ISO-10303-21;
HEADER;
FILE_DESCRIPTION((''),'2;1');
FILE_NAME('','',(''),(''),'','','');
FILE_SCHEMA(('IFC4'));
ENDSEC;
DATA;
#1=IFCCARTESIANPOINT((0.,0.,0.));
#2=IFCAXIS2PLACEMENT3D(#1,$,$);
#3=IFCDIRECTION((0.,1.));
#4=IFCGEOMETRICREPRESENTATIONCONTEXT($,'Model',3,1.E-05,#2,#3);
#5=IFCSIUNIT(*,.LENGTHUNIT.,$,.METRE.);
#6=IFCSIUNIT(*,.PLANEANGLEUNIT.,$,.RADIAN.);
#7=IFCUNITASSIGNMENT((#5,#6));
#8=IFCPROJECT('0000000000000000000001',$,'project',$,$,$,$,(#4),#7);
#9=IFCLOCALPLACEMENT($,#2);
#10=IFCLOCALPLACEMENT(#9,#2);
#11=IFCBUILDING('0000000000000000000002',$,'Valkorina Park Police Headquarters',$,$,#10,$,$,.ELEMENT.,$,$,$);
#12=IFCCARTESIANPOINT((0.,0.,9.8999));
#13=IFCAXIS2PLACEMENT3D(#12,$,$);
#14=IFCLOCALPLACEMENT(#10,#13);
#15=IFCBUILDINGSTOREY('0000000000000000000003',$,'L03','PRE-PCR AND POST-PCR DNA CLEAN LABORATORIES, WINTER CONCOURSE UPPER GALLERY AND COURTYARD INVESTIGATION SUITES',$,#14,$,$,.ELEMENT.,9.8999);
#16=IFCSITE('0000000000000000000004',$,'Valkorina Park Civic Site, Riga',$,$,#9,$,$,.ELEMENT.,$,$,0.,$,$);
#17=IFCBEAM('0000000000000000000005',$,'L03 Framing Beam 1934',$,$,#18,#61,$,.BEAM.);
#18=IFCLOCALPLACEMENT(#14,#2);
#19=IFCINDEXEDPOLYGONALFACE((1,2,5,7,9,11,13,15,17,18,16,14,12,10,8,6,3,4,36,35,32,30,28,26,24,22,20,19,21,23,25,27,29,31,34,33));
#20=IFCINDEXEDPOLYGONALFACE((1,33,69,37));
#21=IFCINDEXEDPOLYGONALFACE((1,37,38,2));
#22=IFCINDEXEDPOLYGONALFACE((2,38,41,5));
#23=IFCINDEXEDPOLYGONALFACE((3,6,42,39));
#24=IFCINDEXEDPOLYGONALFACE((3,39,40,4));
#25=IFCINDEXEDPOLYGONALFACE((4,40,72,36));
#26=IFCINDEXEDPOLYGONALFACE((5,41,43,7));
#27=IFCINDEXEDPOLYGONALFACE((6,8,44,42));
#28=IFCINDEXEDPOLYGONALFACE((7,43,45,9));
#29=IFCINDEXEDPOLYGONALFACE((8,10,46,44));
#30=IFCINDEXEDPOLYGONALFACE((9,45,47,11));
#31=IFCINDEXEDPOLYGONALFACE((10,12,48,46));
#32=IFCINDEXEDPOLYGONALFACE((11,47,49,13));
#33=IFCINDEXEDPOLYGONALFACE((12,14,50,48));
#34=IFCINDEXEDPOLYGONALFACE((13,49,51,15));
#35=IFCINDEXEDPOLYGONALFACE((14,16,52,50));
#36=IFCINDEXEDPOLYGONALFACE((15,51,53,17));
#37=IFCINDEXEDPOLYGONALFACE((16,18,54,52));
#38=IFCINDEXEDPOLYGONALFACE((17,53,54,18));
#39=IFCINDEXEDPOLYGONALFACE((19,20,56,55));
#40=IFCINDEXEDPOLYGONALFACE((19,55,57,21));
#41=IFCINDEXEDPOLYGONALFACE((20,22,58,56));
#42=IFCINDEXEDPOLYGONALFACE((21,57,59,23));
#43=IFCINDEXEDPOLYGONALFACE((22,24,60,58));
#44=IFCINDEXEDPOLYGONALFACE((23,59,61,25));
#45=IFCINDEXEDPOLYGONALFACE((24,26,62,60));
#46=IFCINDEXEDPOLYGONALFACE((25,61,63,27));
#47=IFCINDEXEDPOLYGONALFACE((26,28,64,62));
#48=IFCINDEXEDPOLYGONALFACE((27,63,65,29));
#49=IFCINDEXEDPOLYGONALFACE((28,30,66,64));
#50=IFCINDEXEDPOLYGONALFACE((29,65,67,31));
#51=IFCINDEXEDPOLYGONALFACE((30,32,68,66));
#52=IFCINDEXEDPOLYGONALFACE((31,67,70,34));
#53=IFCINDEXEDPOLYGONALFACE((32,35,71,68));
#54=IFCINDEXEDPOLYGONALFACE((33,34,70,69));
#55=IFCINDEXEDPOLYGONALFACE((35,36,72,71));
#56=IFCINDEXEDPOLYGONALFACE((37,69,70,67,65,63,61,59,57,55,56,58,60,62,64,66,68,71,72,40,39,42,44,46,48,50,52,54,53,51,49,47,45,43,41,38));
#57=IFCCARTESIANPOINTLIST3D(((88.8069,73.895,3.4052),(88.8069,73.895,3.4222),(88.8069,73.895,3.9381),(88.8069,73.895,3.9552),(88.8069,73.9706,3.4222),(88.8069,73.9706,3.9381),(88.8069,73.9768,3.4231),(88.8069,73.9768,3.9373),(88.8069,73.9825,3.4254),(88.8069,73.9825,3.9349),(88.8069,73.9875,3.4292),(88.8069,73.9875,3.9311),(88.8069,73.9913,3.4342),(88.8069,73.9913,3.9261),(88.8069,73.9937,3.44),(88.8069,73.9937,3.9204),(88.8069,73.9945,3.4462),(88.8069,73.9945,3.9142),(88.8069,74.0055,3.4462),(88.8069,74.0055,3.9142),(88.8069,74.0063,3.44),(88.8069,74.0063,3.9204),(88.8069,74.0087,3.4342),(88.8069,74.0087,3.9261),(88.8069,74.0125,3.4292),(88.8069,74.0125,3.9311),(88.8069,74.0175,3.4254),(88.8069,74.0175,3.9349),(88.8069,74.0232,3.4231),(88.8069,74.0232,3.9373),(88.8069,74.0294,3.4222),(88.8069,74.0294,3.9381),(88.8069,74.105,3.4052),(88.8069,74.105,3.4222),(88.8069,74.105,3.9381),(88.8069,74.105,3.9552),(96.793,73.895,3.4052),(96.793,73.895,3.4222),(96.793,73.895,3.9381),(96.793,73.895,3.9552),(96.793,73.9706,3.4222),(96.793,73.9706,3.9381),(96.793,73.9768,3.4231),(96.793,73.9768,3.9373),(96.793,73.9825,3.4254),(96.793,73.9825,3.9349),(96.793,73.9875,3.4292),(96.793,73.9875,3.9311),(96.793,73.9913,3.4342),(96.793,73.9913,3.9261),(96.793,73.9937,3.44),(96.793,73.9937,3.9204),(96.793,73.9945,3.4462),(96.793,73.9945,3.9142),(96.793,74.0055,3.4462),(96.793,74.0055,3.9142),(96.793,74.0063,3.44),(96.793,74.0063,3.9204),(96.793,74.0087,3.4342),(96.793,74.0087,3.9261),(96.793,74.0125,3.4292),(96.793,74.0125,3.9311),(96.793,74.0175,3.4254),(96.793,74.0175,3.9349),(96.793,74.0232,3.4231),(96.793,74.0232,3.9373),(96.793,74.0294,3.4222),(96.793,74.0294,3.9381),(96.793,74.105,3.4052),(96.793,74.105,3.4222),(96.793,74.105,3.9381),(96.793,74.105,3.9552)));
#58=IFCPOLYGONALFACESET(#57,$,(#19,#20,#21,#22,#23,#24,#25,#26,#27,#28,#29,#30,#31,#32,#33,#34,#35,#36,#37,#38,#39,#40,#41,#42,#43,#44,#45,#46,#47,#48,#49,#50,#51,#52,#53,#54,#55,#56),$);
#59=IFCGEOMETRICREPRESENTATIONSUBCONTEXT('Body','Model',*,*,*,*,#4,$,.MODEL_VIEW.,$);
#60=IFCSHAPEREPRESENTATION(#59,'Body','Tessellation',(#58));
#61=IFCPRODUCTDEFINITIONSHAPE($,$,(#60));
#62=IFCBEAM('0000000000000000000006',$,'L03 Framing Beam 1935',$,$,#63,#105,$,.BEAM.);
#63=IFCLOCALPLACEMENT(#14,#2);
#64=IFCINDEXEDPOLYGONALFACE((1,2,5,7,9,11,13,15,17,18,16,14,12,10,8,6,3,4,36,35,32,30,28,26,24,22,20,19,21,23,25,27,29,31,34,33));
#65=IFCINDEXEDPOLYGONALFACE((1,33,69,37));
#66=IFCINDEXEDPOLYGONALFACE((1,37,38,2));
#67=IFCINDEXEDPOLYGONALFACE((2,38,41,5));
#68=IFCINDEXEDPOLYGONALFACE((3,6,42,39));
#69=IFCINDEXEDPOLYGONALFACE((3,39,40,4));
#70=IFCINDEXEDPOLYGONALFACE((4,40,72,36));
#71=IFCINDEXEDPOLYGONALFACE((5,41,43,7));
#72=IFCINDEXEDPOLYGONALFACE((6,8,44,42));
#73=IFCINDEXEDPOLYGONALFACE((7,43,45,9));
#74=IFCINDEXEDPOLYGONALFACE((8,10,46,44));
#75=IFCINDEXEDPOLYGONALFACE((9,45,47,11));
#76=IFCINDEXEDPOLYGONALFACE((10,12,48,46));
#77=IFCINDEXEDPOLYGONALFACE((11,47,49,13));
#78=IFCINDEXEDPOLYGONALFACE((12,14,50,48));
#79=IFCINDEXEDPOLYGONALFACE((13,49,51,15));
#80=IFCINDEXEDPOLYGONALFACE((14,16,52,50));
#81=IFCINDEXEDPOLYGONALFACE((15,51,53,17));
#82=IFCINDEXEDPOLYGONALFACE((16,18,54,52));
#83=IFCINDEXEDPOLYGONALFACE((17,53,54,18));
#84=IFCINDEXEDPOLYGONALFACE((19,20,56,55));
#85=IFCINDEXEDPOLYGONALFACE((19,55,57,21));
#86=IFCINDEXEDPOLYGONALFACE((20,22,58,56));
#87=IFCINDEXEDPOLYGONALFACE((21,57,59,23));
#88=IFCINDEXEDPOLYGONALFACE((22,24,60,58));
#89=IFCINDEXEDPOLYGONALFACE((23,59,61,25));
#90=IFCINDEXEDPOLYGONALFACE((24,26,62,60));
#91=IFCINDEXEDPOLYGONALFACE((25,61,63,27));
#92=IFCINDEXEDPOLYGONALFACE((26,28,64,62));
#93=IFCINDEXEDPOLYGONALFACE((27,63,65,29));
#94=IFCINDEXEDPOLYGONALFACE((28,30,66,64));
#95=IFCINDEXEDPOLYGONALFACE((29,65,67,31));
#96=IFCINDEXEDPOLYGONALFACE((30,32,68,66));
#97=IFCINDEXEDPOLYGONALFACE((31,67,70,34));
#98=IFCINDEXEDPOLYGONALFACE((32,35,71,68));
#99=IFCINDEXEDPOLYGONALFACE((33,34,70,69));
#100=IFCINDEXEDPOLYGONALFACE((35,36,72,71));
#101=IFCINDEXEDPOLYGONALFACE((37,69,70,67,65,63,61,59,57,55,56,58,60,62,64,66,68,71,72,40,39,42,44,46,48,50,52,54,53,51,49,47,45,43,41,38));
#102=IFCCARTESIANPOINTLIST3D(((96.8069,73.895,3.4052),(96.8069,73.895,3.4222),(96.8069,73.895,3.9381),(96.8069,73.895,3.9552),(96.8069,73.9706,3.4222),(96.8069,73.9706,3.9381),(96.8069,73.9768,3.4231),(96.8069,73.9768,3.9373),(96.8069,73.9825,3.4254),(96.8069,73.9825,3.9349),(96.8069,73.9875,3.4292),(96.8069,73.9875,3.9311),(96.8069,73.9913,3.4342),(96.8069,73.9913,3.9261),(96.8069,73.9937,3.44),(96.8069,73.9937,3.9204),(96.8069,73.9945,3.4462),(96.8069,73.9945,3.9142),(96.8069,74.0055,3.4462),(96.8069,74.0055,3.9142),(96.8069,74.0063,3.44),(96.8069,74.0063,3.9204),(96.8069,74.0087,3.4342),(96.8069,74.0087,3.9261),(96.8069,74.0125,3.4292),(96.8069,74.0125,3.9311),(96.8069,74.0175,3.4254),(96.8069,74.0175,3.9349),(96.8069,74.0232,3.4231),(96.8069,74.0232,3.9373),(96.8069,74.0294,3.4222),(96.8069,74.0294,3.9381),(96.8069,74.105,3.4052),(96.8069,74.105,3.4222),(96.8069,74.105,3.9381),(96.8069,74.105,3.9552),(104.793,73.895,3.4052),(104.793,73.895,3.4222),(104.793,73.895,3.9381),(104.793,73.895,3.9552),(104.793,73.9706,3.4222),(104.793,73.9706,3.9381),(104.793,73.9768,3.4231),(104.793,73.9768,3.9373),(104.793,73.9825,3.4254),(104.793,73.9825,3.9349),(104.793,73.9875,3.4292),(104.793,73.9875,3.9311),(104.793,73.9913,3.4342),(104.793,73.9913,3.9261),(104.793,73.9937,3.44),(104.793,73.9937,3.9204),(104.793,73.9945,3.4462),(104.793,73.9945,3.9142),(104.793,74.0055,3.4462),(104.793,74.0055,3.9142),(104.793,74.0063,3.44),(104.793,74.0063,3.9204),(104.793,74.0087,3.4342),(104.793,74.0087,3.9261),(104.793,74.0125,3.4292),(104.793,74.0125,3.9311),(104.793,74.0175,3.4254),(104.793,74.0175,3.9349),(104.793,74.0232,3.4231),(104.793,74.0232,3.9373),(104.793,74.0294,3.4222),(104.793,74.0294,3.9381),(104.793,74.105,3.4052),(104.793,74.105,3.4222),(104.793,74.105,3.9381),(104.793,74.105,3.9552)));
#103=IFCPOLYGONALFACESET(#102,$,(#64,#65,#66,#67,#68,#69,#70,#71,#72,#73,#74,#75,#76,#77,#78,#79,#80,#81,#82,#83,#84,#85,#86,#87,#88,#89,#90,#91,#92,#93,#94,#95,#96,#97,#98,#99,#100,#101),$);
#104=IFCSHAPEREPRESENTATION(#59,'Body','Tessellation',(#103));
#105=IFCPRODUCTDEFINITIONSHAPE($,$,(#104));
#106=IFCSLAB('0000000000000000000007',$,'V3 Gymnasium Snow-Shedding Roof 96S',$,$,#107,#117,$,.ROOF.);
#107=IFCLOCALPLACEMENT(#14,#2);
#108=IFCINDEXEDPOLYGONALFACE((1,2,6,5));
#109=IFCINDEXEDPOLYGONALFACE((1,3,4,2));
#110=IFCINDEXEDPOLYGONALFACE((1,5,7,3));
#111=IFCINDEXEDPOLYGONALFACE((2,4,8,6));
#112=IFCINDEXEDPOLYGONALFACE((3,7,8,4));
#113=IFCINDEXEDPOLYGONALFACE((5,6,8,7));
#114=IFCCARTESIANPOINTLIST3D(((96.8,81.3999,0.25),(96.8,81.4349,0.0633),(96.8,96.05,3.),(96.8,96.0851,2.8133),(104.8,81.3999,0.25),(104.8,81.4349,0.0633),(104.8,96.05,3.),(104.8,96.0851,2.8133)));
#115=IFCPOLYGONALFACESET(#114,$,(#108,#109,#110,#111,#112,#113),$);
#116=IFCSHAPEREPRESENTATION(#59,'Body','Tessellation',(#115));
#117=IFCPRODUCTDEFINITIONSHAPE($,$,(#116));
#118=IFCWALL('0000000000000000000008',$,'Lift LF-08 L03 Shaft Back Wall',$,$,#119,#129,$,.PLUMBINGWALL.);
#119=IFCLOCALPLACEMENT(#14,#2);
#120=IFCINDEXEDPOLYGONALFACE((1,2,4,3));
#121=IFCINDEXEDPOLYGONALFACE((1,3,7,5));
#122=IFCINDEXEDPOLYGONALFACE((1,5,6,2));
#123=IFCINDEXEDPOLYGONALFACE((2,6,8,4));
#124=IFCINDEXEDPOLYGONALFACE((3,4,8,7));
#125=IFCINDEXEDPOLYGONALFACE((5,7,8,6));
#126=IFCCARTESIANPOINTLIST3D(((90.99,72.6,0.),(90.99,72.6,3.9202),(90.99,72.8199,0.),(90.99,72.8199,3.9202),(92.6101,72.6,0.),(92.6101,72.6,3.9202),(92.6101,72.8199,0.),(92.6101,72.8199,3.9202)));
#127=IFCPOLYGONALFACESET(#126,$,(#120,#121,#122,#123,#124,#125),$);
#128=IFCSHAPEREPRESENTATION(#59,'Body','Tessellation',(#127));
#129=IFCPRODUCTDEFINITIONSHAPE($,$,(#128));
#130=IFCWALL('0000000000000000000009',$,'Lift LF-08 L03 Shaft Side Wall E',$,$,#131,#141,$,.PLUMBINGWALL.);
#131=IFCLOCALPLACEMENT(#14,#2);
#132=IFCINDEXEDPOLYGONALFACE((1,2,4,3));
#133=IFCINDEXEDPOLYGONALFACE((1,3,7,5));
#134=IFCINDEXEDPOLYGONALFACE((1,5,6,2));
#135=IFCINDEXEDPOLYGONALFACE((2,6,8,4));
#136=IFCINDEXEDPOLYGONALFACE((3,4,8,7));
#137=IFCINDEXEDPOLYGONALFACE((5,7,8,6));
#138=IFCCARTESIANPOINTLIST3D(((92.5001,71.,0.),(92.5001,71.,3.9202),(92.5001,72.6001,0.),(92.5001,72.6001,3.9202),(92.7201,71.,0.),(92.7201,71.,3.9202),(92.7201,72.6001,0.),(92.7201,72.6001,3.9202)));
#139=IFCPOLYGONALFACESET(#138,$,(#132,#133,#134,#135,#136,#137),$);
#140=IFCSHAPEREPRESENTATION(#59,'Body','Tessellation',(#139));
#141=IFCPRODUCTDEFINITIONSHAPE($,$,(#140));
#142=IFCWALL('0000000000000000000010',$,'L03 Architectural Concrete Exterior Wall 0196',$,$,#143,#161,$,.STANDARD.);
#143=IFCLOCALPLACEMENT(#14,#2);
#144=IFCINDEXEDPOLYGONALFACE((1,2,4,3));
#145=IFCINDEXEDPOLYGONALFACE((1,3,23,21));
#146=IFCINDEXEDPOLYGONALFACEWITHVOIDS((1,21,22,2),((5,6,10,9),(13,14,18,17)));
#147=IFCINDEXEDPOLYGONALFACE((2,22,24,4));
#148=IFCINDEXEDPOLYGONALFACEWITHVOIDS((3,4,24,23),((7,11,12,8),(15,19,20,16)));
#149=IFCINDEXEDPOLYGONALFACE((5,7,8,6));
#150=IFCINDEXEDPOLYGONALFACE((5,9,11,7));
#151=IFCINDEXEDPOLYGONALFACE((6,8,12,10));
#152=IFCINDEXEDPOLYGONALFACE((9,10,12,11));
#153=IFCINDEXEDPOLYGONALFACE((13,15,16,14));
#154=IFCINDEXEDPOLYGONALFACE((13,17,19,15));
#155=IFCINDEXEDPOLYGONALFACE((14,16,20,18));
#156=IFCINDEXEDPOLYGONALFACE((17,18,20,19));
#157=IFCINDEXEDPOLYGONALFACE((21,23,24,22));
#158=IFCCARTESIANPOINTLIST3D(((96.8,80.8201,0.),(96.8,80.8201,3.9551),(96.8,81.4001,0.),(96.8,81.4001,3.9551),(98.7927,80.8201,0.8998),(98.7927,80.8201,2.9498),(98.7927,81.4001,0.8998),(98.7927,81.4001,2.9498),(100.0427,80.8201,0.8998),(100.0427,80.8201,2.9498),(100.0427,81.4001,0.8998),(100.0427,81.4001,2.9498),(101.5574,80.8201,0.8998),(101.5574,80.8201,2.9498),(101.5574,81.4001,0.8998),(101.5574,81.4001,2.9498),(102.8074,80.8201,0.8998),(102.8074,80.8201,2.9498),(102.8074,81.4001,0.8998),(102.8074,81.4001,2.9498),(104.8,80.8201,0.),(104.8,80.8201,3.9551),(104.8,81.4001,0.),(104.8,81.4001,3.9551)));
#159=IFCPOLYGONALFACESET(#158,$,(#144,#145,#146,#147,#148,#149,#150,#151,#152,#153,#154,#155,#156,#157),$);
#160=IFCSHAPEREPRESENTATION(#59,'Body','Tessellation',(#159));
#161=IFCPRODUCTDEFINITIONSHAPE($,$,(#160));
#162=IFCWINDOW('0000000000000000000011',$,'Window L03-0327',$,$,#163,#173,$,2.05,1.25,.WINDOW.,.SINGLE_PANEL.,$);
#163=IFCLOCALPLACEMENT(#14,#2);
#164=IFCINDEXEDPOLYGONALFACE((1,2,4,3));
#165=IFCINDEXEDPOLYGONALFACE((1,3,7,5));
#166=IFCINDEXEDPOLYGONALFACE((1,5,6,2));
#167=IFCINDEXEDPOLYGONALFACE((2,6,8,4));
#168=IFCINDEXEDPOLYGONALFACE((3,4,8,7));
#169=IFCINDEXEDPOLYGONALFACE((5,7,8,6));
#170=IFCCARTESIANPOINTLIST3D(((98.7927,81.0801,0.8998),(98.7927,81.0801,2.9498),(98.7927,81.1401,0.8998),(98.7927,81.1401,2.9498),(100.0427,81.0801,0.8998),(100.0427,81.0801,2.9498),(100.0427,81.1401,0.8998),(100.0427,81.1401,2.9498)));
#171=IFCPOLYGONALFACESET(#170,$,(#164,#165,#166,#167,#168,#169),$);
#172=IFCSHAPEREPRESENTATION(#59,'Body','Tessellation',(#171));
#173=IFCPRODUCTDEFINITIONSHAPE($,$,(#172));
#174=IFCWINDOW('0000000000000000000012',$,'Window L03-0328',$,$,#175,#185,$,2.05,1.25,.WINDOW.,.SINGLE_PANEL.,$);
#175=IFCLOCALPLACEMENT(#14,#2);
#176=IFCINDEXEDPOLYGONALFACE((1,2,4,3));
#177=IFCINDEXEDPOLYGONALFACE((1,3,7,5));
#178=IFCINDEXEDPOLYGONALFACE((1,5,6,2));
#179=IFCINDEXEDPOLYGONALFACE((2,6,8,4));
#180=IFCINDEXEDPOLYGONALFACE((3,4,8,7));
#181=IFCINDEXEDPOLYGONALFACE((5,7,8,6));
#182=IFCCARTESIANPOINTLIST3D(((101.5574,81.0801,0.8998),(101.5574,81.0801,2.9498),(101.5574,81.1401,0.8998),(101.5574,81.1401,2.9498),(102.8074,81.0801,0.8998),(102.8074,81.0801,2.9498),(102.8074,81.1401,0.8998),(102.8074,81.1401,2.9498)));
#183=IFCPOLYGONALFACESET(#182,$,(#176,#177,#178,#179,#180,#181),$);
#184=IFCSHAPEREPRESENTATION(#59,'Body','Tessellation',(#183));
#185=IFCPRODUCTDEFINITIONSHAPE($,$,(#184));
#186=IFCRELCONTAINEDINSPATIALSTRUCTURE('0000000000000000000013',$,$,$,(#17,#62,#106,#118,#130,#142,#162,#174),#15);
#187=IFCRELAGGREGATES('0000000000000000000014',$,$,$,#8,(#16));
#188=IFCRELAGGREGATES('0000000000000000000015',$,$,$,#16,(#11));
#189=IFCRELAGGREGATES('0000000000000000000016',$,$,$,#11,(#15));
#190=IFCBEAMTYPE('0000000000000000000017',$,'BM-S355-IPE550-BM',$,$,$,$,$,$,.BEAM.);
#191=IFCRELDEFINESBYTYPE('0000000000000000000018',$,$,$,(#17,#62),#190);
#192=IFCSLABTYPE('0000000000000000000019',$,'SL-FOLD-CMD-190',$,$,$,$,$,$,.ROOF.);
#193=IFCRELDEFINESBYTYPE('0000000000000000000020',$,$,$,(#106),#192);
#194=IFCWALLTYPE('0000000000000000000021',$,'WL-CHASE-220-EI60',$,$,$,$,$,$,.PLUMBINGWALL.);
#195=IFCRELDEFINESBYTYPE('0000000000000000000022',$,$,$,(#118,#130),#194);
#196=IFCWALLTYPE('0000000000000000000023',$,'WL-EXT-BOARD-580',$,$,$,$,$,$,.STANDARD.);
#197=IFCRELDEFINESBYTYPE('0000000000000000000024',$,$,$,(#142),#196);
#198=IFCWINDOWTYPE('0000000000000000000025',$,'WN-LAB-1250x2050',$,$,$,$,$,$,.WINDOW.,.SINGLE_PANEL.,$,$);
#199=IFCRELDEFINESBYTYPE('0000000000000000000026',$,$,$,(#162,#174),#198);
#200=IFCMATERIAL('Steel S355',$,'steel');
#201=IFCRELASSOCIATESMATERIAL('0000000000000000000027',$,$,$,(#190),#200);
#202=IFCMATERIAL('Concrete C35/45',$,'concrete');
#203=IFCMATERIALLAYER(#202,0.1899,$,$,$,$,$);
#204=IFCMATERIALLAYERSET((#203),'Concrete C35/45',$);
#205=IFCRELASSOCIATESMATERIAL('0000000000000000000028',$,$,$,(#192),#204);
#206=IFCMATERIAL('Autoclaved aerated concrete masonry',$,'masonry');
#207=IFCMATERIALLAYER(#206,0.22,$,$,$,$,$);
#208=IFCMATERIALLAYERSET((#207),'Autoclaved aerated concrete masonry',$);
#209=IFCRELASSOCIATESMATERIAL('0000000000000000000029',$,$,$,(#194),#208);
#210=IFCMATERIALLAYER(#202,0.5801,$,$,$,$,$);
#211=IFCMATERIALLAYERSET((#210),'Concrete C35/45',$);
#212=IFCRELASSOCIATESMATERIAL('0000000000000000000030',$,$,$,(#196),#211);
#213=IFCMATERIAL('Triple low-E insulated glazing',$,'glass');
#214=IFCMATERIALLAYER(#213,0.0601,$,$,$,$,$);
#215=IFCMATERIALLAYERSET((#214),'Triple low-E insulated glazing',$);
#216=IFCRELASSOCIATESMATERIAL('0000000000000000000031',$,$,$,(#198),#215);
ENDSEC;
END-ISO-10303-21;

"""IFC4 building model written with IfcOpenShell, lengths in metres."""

from ifc_helpers import new_model, si_unit, direction, frame, frame_2d, origin, origin_2d, place, context, subcontext, project, spatial, polyline, rectangle, i_section, outline, extrude, material, layer, layer_set, material_profile, profile_set, type_object, element, fill, save


model = new_model("IFC4")

# Units and contexts
model_context = context("Model", 3, precision=1e-05, world=origin(), true_north=direction((0.0, 1.0)))
body_context = subcontext(model_context, "Body", "Model", "MODEL_VIEW")
ifc_project = project(units=[si_unit("LENGTHUNIT", "METRE"), si_unit("PLANEANGLEUNIT", "RADIAN")], contexts=[model_context])

# Site, building, storey
site_placement = place(None, origin())
site = spatial("IfcSite", under=ifc_project, at=site_placement, Name="Valkorina Park Civic Site, Riga", CompositionType="ELEMENT", RefElevation=0.0)
building_placement = place(site_placement, origin())
building = spatial("IfcBuilding", under=site, at=building_placement, Name="Valkorina Park Police Headquarters", CompositionType="ELEMENT")
storey_placement = place(building_placement, frame((0.0, 0.0, 9.8999)))
storey = spatial("IfcBuildingStorey", under=building, at=storey_placement, Name="L03", Description="PRE-PCR AND POST-PCR DNA CLEAN LABORATORIES, WINTER CONCOURSE UPPER GALLERY AND COURTYARD INVESTIGATION SUITES", CompositionType="ELEMENT", Elevation=9.8999)

# Shared definitions
ifc_material_1 = material(Name="Steel S355", Category="steel")

# Beams
ifc_material_profile_1 = material_profile(ifc_material_1, i_section(OverallWidth=0.21, OverallDepth=0.55, WebThickness=0.011, FlangeThickness=0.0171, FilletRadius=0.0239, at=origin_2d()), Name="IPE 550")
ifc_profile_set_1 = profile_set([ifc_material_profile_1], Name="Steel S355")
beam_type_1 = type_object("IfcBeamType", Name="BM-S355-IPE550-BM", PredefinedType="BEAM", material=ifc_profile_set_1)
for number, where, z_axis, x_axis, name in (
    (1, (88.8069, 74.0, 3.6802), (1.0, 0.0, 0.0), (0.0, 1.0, 0.0), "L03 Framing Beam 1934"),
    (2, (96.8069, 74.0, 3.6802), (1.0, 0.0, 0.0), (0.0, 1.0, 0.0), "L03 Framing Beam 1935"),
):
    element("IfcBeam", number, at=place(storey_placement, frame(where, z_axis=z_axis, x_axis=x_axis)), inside=storey, type_object=beam_type_1, Name=name, PredefinedType="BEAM", context=body_context, shape_type="SweptSolid", body=[
        extrude(i_section(OverallWidth=0.21, OverallDepth=0.55, WebThickness=0.011, FlangeThickness=0.0171, FilletRadius=0.0239, at=origin_2d()), origin(), (0.0, 0.0, 1.0), 7.9861),
    ])

# Slab
ifc_material_2 = material(Name="Concrete C35/45", Category="concrete")
ifc_layer_1 = layer(ifc_material_2, 0.1899)
ifc_layer_set_1 = layer_set([ifc_layer_1], Name="Concrete C35/45")
slab_type = type_object("IfcSlabType", Name="SL-FOLD-CMD-190", PredefinedType="ROOF", material=ifc_layer_set_1)
slab_placement = place(storey_placement, frame((96.8, 81.3999, 0.25), z_axis=(0.0, -0.184489, 0.982835), x_axis=(1.0, 0.0, 0.0)))
element("IfcSlab", 3, at=slab_placement, inside=storey, type_object=slab_type, Name="V3 Gymnasium Snow-Shedding Roof 96S", PredefinedType="ROOF", context=body_context, shape_type="SweptSolid", body=[
    extrude(outline(polyline([(0.0, 0.0), (8.0, 0.0), (8.0, 14.906), (0.0, 14.906), (0.0, 0.0)])), origin(), (0.0, 0.0, -1.0), 0.1899),
])

# Walls
ifc_material_3 = material(Name="Autoclaved aerated concrete masonry", Category="masonry")
ifc_layer_2 = layer(ifc_material_3, 0.22)
ifc_layer_set_2 = layer_set([ifc_layer_2], Name="Autoclaved aerated concrete masonry")
wall_type_1 = type_object("IfcWallType", Name="WL-CHASE-220-EI60", PredefinedType="PLUMBINGWALL", material=ifc_layer_set_2)
wall_1_placement = place(storey_placement, frame((90.99, 72.71, 0.0), z_axis=(0.0, 0.0, 1.0), x_axis=(1.0, 0.0, 0.0)))
element("IfcWall", 4, at=wall_1_placement, inside=storey, type_object=wall_type_1, Name="Lift LF-08 L03 Shaft Back Wall", PredefinedType="PLUMBINGWALL", context=body_context, shape_type="SweptSolid", body=[
    extrude(rectangle(XDim=1.6201, YDim=0.22, at=frame_2d((0.8101, 0.0))), origin(), (0.0, 0.0, 1.0), 3.9202),
])
wall_2_placement = place(storey_placement, frame((92.6101, 71.0, 0.0), z_axis=(0.0, 0.0, 1.0), x_axis=(0.0, 1.0, 0.0)))
element("IfcWall", 5, at=wall_2_placement, inside=storey, type_object=wall_type_1, Name="Lift LF-08 L03 Shaft Side Wall E", PredefinedType="PLUMBINGWALL", context=body_context, shape_type="SweptSolid", body=[
    extrude(rectangle(XDim=1.6001, YDim=0.22, at=frame_2d((0.8, 0.0))), origin(), (0.0, 0.0, 1.0), 3.9202),
])

# Wall, openings, windows
ifc_layer_3 = layer(ifc_material_2, 0.5801)
ifc_layer_set_3 = layer_set([ifc_layer_3], Name="Concrete C35/45")
wall_type_2 = type_object("IfcWallType", Name="WL-EXT-BOARD-580", PredefinedType="STANDARD", material=ifc_layer_set_3)
wall_3_placement = place(storey_placement, frame((96.8, 81.1101, 0.0), z_axis=(0.0, 0.0, 1.0), x_axis=(1.0, 0.0, 0.0)))
wall_3 = element("IfcWall", 6, at=wall_3_placement, inside=storey, type_object=wall_type_2, Name="L03 Architectural Concrete Exterior Wall 0196", PredefinedType="STANDARD", context=body_context, shape_type="SweptSolid", body=[
    extrude(rectangle(XDim=8.0, YDim=0.5801, at=frame_2d((4.0, 0.0))), origin(), (0.0, 0.0, 1.0), 3.9551),
])
opening_1_placement = place(wall_3_placement, frame((1.9927, 0.0, 0.8999)))
opening_1 = element("IfcOpeningElement", 7, at=opening_1_placement, cuts=wall_3, PredefinedType="OPENING", context=body_context, shape_type="SweptSolid", body=[
    extrude(rectangle(XDim=1.25, YDim=2.05, at=frame_2d((0.625, 1.0249))), frame((0.0, 0.3, 0.0), z_axis=(0.0, -1.0, 0.0), x_axis=(1.0, 0.0, 0.0)), (0.0, 0.0, 1.0), 0.6001),
])
opening_2_placement = place(wall_3_placement, frame((4.7573, 0.0, 0.8999)))
opening_2 = element("IfcOpeningElement", 8, at=opening_2_placement, cuts=wall_3, PredefinedType="OPENING", context=body_context, shape_type="SweptSolid", body=[
    extrude(rectangle(XDim=1.25, YDim=2.05, at=frame_2d((0.625, 1.0249))), frame((0.0, 0.3, 0.0), z_axis=(0.0, -1.0, 0.0), x_axis=(1.0, 0.0, 0.0)), (0.0, 0.0, 1.0), 0.6001),
])
ifc_material_4 = material(Name="Triple low-E insulated glazing", Category="glass")
ifc_layer_4 = layer(ifc_material_4, 0.0601)
ifc_layer_set_4 = layer_set([ifc_layer_4], Name="Triple low-E insulated glazing")
window_type = type_object("IfcWindowType", Name="WN-LAB-1250x2050", PartitioningType="SINGLE_PANEL", PredefinedType="WINDOW", material=ifc_layer_set_4)
window_1_placement = place(opening_1_placement, origin())
window_1 = element("IfcWindow", 9, at=window_1_placement, inside=storey, type_object=window_type, Name="Window L03-0327", OverallHeight=2.05, OverallWidth=1.25, PartitioningType="SINGLE_PANEL", PredefinedType="WINDOW", context=body_context, shape_type="SweptSolid", body=[
    extrude(rectangle(XDim=1.25, YDim=2.05, at=frame_2d((0.625, 1.0249))), frame((0.0, 0.03, 0.0), z_axis=(0.0, -1.0, 0.0), x_axis=(1.0, 0.0, 0.0)), (0.0, 0.0, 1.0), 0.0601),
])
fill(opening_1, window_1)
window_2_placement = place(opening_2_placement, origin())
window_2 = element("IfcWindow", 10, at=window_2_placement, inside=storey, type_object=window_type, Name="Window L03-0328", OverallHeight=2.05, OverallWidth=1.25, PartitioningType="SINGLE_PANEL", PredefinedType="WINDOW", context=body_context, shape_type="SweptSolid", body=[
    extrude(rectangle(XDim=1.25, YDim=2.05, at=frame_2d((0.625, 1.0249))), frame((0.0, 0.03, 0.0), z_axis=(0.0, -1.0, 0.0), x_axis=(1.0, 0.0, 0.0)), (0.0, 0.0, 1.0), 0.0601),
])
fill(opening_2, window_2)

save(model, "model.ifc")
